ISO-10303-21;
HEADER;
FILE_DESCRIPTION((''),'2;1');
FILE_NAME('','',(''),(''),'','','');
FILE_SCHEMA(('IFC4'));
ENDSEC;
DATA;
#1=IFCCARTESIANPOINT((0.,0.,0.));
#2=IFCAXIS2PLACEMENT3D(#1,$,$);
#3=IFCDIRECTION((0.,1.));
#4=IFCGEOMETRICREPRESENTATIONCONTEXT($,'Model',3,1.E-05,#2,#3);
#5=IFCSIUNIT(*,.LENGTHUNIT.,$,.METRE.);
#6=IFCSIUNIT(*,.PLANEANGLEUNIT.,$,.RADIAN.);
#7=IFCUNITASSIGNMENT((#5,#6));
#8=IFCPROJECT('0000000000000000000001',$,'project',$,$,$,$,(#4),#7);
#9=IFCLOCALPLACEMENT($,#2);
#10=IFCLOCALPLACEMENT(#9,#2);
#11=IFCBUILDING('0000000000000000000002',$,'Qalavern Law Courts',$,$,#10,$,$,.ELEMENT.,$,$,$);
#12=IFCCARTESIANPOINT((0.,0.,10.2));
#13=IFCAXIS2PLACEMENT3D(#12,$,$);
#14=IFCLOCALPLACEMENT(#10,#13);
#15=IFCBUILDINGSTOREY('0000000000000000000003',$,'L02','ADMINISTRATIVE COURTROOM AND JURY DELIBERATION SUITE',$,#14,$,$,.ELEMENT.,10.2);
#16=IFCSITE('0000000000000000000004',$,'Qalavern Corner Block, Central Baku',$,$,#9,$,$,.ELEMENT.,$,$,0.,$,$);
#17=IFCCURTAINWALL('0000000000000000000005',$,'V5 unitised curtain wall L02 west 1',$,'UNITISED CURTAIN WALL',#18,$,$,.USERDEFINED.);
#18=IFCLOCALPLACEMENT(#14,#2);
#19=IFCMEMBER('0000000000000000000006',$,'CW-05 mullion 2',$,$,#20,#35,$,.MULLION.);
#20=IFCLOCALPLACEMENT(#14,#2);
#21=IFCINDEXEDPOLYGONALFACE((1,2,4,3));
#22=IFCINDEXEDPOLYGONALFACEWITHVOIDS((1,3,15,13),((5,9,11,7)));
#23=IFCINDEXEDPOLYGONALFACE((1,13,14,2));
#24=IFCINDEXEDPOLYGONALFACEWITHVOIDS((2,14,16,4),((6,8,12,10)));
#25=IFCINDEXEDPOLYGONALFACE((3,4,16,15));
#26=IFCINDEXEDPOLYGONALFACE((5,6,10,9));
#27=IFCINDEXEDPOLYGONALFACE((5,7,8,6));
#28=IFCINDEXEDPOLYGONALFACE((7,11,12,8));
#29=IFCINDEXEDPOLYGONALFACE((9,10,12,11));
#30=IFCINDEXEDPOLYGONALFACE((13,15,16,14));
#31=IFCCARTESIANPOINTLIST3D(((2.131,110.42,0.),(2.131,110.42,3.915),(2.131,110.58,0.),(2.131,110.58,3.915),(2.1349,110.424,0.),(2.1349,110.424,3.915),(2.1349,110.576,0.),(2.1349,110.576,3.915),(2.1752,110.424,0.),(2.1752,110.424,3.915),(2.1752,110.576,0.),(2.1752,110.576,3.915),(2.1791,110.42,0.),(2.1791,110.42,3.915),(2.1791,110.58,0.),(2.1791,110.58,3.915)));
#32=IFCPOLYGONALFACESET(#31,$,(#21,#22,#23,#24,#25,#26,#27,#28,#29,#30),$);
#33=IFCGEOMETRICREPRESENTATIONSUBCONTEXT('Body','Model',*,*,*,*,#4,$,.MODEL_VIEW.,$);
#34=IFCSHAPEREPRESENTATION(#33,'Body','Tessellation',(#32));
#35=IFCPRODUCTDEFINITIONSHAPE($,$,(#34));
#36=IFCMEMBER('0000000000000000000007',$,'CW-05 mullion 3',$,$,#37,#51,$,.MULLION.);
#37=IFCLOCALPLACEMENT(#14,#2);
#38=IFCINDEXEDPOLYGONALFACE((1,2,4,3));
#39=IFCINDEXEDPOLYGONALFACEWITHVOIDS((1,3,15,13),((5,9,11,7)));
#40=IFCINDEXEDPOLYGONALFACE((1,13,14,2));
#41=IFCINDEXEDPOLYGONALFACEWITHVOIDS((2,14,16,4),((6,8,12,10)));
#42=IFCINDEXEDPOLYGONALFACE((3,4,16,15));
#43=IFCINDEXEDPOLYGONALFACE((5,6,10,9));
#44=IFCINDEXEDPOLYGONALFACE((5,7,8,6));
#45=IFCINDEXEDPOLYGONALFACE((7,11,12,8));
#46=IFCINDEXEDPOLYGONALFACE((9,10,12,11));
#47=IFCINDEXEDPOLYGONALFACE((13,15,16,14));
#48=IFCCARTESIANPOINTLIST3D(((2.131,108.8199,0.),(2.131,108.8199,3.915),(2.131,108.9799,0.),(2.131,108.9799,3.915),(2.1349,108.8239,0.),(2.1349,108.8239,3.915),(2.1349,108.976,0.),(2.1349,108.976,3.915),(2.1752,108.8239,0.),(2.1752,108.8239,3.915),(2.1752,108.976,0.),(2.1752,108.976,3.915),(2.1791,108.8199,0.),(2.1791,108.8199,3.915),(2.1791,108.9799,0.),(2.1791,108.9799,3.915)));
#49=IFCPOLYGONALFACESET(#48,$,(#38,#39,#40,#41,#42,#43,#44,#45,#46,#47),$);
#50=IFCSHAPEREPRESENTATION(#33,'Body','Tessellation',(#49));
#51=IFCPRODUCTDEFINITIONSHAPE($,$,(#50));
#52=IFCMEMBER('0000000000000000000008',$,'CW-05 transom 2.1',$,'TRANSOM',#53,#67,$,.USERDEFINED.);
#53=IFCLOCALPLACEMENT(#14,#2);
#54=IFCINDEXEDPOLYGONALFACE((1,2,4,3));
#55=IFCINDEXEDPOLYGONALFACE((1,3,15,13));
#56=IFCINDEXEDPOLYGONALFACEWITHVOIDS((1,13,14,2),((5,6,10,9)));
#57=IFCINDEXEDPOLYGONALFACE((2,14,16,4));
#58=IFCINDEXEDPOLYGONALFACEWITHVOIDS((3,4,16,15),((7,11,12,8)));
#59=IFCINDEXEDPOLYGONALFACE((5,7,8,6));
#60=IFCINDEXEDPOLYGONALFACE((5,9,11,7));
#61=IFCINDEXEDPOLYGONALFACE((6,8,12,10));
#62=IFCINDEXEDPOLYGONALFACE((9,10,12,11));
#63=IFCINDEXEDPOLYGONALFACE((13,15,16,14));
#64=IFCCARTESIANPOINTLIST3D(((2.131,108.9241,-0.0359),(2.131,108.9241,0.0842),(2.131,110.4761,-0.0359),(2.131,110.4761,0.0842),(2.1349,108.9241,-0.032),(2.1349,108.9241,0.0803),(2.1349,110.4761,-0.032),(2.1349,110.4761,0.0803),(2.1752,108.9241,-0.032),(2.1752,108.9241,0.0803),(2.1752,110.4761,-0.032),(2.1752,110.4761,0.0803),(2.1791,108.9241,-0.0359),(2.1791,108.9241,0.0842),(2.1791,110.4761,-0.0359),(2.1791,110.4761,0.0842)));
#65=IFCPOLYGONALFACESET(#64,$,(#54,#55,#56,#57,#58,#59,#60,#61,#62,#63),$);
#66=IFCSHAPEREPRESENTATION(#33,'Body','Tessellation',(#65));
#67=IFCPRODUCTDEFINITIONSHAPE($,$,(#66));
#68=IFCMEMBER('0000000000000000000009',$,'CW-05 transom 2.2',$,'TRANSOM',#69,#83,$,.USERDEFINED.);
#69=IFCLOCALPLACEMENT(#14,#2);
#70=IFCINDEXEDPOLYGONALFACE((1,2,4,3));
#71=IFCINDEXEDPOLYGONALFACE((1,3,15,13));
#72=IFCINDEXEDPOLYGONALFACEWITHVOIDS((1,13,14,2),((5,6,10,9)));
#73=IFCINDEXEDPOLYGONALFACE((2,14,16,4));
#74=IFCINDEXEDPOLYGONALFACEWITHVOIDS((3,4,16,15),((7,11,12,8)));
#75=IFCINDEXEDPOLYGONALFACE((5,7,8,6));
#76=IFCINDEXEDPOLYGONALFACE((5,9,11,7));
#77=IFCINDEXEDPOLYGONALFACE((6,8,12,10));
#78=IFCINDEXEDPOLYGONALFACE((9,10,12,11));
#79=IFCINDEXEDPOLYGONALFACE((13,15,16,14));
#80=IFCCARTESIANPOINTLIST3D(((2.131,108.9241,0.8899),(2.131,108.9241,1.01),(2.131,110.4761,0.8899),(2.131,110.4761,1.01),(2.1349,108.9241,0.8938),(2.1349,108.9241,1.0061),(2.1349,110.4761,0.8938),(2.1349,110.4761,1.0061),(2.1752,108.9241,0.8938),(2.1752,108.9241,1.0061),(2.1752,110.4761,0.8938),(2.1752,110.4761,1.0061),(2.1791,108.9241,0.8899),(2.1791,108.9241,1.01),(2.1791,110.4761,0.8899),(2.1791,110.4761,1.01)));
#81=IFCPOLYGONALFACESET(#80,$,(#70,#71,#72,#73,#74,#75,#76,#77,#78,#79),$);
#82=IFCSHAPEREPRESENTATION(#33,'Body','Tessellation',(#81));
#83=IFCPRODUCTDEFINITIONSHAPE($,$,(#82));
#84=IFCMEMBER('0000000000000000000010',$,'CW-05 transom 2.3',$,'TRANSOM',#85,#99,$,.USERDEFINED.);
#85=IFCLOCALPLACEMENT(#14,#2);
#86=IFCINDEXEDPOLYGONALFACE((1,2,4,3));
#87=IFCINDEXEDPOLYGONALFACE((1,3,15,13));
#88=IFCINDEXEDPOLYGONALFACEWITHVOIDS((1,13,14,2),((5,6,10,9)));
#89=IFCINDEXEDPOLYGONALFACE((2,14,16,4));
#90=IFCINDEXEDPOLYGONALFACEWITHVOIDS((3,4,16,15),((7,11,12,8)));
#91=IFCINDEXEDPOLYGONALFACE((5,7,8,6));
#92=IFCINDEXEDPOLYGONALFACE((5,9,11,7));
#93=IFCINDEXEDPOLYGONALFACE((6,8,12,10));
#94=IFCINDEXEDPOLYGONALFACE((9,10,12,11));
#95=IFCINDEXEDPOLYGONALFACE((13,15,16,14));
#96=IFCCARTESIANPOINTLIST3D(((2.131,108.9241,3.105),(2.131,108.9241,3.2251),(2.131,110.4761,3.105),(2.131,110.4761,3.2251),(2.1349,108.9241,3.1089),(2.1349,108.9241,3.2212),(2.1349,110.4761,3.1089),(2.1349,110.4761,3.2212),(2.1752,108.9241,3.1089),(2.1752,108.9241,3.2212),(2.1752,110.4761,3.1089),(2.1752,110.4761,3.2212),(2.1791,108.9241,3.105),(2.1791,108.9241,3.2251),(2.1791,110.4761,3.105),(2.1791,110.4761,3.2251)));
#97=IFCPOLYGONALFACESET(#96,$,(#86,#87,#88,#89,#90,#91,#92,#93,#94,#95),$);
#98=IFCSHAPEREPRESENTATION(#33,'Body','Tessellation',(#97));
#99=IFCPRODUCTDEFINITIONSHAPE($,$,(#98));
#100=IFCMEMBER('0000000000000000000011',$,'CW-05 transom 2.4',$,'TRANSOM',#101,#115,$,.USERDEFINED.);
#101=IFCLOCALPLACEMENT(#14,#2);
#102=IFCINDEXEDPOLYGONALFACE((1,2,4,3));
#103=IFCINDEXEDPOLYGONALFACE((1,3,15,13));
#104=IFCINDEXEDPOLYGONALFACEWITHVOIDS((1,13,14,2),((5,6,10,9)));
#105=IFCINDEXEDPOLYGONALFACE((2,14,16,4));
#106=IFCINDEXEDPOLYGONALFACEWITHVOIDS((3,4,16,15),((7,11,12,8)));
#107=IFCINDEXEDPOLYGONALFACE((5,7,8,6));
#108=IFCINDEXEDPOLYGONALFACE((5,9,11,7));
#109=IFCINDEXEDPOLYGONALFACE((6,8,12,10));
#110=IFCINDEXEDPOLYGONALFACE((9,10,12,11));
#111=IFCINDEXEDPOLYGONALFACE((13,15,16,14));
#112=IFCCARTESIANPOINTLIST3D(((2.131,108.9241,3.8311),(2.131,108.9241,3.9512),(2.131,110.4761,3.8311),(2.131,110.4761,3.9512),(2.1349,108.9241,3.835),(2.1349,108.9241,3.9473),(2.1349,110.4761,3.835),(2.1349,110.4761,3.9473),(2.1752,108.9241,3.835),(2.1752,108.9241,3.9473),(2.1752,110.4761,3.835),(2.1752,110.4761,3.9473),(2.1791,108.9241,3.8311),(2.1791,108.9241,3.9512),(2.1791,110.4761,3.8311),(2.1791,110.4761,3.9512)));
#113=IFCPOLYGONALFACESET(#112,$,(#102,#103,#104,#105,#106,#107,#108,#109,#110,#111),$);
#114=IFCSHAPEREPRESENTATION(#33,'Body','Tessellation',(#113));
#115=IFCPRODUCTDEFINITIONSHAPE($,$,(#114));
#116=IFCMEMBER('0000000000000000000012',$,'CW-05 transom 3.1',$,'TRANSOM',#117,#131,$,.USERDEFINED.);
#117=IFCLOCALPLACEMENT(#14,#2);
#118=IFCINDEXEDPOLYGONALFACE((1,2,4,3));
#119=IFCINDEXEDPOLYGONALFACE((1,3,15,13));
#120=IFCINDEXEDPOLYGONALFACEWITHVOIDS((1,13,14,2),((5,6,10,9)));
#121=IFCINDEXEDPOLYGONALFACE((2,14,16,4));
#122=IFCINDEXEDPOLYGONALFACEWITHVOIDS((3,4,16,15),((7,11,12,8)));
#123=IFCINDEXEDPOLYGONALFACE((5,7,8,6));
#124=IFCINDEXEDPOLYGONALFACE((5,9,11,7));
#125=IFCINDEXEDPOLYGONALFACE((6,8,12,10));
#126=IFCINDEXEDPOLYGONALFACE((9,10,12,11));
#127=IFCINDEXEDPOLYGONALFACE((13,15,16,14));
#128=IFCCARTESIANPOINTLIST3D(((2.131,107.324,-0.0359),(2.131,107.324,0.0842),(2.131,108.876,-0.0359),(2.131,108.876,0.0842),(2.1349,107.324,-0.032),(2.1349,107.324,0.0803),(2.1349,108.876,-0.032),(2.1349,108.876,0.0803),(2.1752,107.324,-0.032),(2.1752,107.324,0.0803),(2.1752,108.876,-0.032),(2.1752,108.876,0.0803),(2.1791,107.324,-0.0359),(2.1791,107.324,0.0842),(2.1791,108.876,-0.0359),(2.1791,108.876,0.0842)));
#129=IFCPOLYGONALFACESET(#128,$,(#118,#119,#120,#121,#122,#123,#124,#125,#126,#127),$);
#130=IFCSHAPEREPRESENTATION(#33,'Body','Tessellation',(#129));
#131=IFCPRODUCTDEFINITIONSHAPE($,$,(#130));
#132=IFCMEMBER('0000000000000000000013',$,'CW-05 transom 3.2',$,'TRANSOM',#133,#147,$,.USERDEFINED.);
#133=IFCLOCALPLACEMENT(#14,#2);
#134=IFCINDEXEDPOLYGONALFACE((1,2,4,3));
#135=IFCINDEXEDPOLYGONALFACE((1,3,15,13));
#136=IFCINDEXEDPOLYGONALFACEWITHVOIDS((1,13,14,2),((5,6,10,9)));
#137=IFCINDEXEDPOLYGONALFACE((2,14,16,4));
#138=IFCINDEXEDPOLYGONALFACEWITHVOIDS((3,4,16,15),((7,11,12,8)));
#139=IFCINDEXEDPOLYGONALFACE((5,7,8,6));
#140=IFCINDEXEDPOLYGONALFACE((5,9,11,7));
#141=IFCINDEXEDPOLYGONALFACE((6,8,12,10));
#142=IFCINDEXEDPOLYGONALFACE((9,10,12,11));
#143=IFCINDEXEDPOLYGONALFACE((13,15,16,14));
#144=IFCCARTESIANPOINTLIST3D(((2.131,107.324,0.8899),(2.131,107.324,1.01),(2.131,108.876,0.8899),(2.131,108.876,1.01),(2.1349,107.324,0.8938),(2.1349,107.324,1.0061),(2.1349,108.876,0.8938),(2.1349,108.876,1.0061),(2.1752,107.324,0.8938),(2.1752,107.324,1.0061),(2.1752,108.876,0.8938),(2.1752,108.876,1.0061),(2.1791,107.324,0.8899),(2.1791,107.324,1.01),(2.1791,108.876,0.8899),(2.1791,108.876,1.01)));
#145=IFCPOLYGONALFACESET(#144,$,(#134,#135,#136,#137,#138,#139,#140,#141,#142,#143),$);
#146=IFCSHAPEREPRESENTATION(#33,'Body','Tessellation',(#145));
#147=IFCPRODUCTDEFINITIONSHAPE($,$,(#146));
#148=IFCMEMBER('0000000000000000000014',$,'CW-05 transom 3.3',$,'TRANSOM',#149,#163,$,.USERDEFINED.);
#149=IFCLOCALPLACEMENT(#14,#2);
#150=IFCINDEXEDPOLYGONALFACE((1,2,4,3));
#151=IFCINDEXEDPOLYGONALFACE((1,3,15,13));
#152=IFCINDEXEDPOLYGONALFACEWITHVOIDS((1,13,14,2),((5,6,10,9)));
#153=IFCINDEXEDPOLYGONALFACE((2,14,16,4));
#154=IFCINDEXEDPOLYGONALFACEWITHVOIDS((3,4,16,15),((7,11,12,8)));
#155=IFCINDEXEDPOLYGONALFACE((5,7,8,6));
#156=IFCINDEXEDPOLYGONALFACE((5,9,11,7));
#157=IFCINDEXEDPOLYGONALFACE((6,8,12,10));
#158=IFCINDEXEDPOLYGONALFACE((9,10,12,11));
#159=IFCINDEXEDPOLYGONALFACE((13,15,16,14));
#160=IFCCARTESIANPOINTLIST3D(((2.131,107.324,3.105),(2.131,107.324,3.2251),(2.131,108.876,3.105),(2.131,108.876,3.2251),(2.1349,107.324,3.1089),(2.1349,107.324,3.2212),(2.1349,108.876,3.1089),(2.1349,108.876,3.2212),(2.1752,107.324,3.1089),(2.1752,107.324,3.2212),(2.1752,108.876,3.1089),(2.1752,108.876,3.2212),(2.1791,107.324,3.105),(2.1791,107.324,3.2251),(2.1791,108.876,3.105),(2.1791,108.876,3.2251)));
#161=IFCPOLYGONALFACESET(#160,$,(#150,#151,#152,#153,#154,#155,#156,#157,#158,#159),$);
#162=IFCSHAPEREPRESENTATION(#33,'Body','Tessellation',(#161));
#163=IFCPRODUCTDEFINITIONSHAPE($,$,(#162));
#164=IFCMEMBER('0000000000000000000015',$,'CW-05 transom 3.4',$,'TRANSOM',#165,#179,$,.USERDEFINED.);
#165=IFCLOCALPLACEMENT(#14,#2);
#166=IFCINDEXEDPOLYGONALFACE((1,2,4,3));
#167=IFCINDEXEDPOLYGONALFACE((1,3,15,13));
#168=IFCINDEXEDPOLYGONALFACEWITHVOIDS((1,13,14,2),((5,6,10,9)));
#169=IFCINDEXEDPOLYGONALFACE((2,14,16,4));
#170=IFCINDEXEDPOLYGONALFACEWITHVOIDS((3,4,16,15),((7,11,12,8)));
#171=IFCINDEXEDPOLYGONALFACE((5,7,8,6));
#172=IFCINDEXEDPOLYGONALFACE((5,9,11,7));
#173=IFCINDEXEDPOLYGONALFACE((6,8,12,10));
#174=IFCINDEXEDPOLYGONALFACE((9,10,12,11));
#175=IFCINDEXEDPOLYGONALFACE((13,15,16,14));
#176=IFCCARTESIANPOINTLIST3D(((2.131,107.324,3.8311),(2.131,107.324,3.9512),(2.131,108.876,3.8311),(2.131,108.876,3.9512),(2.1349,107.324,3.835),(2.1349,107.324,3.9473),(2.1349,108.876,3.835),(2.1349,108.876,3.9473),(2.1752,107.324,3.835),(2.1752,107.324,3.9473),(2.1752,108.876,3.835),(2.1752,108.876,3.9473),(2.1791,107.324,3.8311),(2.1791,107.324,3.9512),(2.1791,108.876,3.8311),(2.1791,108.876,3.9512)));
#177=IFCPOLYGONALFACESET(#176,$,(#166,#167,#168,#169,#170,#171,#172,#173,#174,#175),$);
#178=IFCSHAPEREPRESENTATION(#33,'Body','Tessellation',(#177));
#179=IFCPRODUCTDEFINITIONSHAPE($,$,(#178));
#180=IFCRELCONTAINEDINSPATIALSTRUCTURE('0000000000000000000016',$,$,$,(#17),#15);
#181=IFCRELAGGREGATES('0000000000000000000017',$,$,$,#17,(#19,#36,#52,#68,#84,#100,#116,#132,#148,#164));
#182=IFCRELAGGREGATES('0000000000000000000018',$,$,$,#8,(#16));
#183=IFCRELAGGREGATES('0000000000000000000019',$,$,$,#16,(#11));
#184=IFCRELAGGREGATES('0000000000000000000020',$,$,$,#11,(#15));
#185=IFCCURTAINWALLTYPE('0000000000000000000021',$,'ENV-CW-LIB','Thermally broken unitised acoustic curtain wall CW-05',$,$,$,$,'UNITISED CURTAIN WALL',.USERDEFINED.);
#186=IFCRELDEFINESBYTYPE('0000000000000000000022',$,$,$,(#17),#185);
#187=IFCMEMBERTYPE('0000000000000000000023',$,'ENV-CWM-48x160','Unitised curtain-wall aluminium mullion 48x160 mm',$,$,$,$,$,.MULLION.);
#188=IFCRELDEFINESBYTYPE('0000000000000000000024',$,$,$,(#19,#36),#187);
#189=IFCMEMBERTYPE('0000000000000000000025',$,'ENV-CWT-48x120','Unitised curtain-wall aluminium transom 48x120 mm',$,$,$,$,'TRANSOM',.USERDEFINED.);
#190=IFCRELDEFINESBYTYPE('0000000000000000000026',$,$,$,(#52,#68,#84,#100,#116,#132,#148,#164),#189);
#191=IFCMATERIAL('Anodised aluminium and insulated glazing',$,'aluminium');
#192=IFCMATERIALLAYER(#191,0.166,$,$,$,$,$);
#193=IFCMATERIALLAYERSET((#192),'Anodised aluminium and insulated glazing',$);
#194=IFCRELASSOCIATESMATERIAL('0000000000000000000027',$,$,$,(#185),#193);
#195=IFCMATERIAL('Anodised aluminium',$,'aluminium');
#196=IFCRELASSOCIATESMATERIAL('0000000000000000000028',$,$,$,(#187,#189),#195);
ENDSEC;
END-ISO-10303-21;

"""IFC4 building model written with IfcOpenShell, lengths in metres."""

from ifc_helpers import new_model, si_unit, direction, frame, origin, origin_2d, place, context, subcontext, project, spatial, hollow_rectangle, extrude, material, layer, layer_set, material_profile, profile_set, type_object, element, aggregate, save


model = new_model("IFC4")

# Units and contexts
model_context = context("Model", 3, precision=1e-05, world=origin(), true_north=direction((0.0, 1.0)))
body_context = subcontext(model_context, "Body", "Model", "MODEL_VIEW")
ifc_project = project(units=[si_unit("LENGTHUNIT", "METRE"), si_unit("PLANEANGLEUNIT", "RADIAN")], contexts=[model_context])

# Site, building, storey
site_placement = place(None, origin())
site = spatial("IfcSite", under=ifc_project, at=site_placement, Name="Qalavern Corner Block, Central Baku", CompositionType="ELEMENT", RefElevation=0.0)
building_placement = place(site_placement, origin())
building = spatial("IfcBuilding", under=site, at=building_placement, Name="Qalavern Law Courts", CompositionType="ELEMENT")
storey_placement = place(building_placement, frame((0.0, 0.0, 10.2)))
storey = spatial("IfcBuildingStorey", under=building, at=storey_placement, Name="L02", Description="ADMINISTRATIVE COURTROOM AND JURY DELIBERATION SUITE", CompositionType="ELEMENT", Elevation=10.2)

# Curtain wall, members
ifc_material_1 = material(Name="Anodised aluminium and insulated glazing", Category="aluminium")
ifc_layer_1 = layer(ifc_material_1, 0.166)
ifc_layer_set_1 = layer_set([ifc_layer_1], Name="Anodised aluminium and insulated glazing")
curtain_wall_type = type_object("IfcCurtainWallType", Name="ENV-CW-LIB", Description="Thermally broken unitised acoustic curtain wall CW-05", ElementType="UNITISED CURTAIN WALL", PredefinedType="USERDEFINED", material=ifc_layer_set_1)
curtain_wall_placement = place(storey_placement, origin())
curtain_wall = element("IfcCurtainWall", 1, at=curtain_wall_placement, inside=storey, type_object=curtain_wall_type, Name="V5 unitised curtain wall L02 west 1", ObjectType="UNITISED CURTAIN WALL", PredefinedType="USERDEFINED")
ifc_material_2 = material(Name="Anodised aluminium", Category="aluminium")
ifc_material_profile_1 = material_profile(ifc_material_2, hollow_rectangle(XDim=0.0481, YDim=0.1599, WallThickness=0.0039, at=origin_2d()), Name="ALU MULLION 48x160")
ifc_profile_set_1 = profile_set([ifc_material_profile_1], Name="Anodised aluminium")
member_type_1 = type_object("IfcMemberType", Name="ENV-CWM-48x160", Description="Unitised curtain-wall aluminium mullion 48x160 mm", PredefinedType="MULLION", material=ifc_profile_set_1)
member_1_placement = place(storey_placement, frame((2.155, 110.5, 0.0), z_axis=(0.0, 0.0, 1.0), x_axis=(1.0, 0.0, 0.0)))
member_1 = element("IfcMember", 2, at=member_1_placement, type_object=member_type_1, Name="CW-05 mullion 2", PredefinedType="MULLION", context=body_context, shape_type="SweptSolid", body=[
    extrude(hollow_rectangle(XDim=0.0481, YDim=0.1599, WallThickness=0.0039, at=origin_2d()), origin(), (0.0, 0.0, 1.0), 3.915),
])
member_2_placement = place(storey_placement, frame((2.155, 108.8999, 0.0), z_axis=(0.0, 0.0, 1.0), x_axis=(1.0, 0.0, 0.0)))
member_2 = element("IfcMember", 3, at=member_2_placement, type_object=member_type_1, Name="CW-05 mullion 3", PredefinedType="MULLION", context=body_context, shape_type="SweptSolid", body=[
    extrude(hollow_rectangle(XDim=0.0481, YDim=0.1599, WallThickness=0.0039, at=origin_2d()), origin(), (0.0, 0.0, 1.0), 3.915),
])
ifc_material_profile_2 = material_profile(ifc_material_2, hollow_rectangle(XDim=0.0481, YDim=0.1201, WallThickness=0.0039, at=origin_2d()), Name="ALU TRANSOM 48x120")
ifc_profile_set_2 = profile_set([ifc_material_profile_2], Name="Anodised aluminium")
member_type_2 = type_object("IfcMemberType", Name="ENV-CWT-48x120", Description="Unitised curtain-wall aluminium transom 48x120 mm", ElementType="TRANSOM", PredefinedType="USERDEFINED", material=ifc_profile_set_2)
member_3_placement = place(storey_placement, frame((2.155, 110.4761, 0.0242), z_axis=(0.0, -1.0, 0.0), x_axis=(1.0, 0.0, 0.0)))
member_3 = element("IfcMember", 4, at=member_3_placement, type_object=member_type_2, Name="CW-05 transom 2.1", ObjectType="TRANSOM", PredefinedType="USERDEFINED", context=body_context, shape_type="SweptSolid", body=[
    extrude(hollow_rectangle(XDim=0.0481, YDim=0.1201, WallThickness=0.0039, at=origin_2d()), origin(), (0.0, 0.0, 1.0), 1.552),
])
member_4_placement = place(storey_placement, frame((2.155, 110.4761, 0.95), z_axis=(0.0, -1.0, 0.0), x_axis=(1.0, 0.0, 0.0)))
member_4 = element("IfcMember", 5, at=member_4_placement, type_object=member_type_2, Name="CW-05 transom 2.2", ObjectType="TRANSOM", PredefinedType="USERDEFINED", context=body_context, shape_type="SweptSolid", body=[
    extrude(hollow_rectangle(XDim=0.0481, YDim=0.1201, WallThickness=0.0039, at=origin_2d()), origin(), (0.0, 0.0, 1.0), 1.552),
])
member_5_placement = place(storey_placement, frame((2.155, 110.4761, 3.165), z_axis=(0.0, -1.0, 0.0), x_axis=(1.0, 0.0, 0.0)))
member_5 = element("IfcMember", 6, at=member_5_placement, type_object=member_type_2, Name="CW-05 transom 2.3", ObjectType="TRANSOM", PredefinedType="USERDEFINED", context=body_context, shape_type="SweptSolid", body=[
    extrude(hollow_rectangle(XDim=0.0481, YDim=0.1201, WallThickness=0.0039, at=origin_2d()), origin(), (0.0, 0.0, 1.0), 1.552),
])
member_6_placement = place(storey_placement, frame((2.155, 110.4761, 3.8911), z_axis=(0.0, -1.0, 0.0), x_axis=(1.0, 0.0, 0.0)))
member_6 = element("IfcMember", 7, at=member_6_placement, type_object=member_type_2, Name="CW-05 transom 2.4", ObjectType="TRANSOM", PredefinedType="USERDEFINED", context=body_context, shape_type="SweptSolid", body=[
    extrude(hollow_rectangle(XDim=0.0481, YDim=0.1201, WallThickness=0.0039, at=origin_2d()), origin(), (0.0, 0.0, 1.0), 1.552),
])
member_7_placement = place(storey_placement, frame((2.155, 108.876, 0.0242), z_axis=(0.0, -1.0, 0.0), x_axis=(1.0, 0.0, 0.0)))
member_7 = element("IfcMember", 8, at=member_7_placement, type_object=member_type_2, Name="CW-05 transom 3.1", ObjectType="TRANSOM", PredefinedType="USERDEFINED", context=body_context, shape_type="SweptSolid", body=[
    extrude(hollow_rectangle(XDim=0.0481, YDim=0.1201, WallThickness=0.0039, at=origin_2d()), origin(), (0.0, 0.0, 1.0), 1.552),
])
member_8_placement = place(storey_placement, frame((2.155, 108.876, 0.95), z_axis=(0.0, -1.0, 0.0), x_axis=(1.0, 0.0, 0.0)))
member_8 = element("IfcMember", 9, at=member_8_placement, type_object=member_type_2, Name="CW-05 transom 3.2", ObjectType="TRANSOM", PredefinedType="USERDEFINED", context=body_context, shape_type="SweptSolid", body=[
    extrude(hollow_rectangle(XDim=0.0481, YDim=0.1201, WallThickness=0.0039, at=origin_2d()), origin(), (0.0, 0.0, 1.0), 1.552),
])
member_9_placement = place(storey_placement, frame((2.155, 108.876, 3.165), z_axis=(0.0, -1.0, 0.0), x_axis=(1.0, 0.0, 0.0)))
member_9 = element("IfcMember", 10, at=member_9_placement, type_object=member_type_2, Name="CW-05 transom 3.3", ObjectType="TRANSOM", PredefinedType="USERDEFINED", context=body_context, shape_type="SweptSolid", body=[
    extrude(hollow_rectangle(XDim=0.0481, YDim=0.1201, WallThickness=0.0039, at=origin_2d()), origin(), (0.0, 0.0, 1.0), 1.552),
])
member_10_placement = place(storey_placement, frame((2.155, 108.876, 3.8911), z_axis=(0.0, -1.0, 0.0), x_axis=(1.0, 0.0, 0.0)))
member_10 = element("IfcMember", 11, at=member_10_placement, type_object=member_type_2, Name="CW-05 transom 3.4", ObjectType="TRANSOM", PredefinedType="USERDEFINED", context=body_context, shape_type="SweptSolid", body=[
    extrude(hollow_rectangle(XDim=0.0481, YDim=0.1201, WallThickness=0.0039, at=origin_2d()), origin(), (0.0, 0.0, 1.0), 1.552),
])

aggregate(curtain_wall, [member_1, member_2, member_3, member_4, member_5, member_6, member_7, member_8, member_9, member_10])

save(model, "model.ifc")
